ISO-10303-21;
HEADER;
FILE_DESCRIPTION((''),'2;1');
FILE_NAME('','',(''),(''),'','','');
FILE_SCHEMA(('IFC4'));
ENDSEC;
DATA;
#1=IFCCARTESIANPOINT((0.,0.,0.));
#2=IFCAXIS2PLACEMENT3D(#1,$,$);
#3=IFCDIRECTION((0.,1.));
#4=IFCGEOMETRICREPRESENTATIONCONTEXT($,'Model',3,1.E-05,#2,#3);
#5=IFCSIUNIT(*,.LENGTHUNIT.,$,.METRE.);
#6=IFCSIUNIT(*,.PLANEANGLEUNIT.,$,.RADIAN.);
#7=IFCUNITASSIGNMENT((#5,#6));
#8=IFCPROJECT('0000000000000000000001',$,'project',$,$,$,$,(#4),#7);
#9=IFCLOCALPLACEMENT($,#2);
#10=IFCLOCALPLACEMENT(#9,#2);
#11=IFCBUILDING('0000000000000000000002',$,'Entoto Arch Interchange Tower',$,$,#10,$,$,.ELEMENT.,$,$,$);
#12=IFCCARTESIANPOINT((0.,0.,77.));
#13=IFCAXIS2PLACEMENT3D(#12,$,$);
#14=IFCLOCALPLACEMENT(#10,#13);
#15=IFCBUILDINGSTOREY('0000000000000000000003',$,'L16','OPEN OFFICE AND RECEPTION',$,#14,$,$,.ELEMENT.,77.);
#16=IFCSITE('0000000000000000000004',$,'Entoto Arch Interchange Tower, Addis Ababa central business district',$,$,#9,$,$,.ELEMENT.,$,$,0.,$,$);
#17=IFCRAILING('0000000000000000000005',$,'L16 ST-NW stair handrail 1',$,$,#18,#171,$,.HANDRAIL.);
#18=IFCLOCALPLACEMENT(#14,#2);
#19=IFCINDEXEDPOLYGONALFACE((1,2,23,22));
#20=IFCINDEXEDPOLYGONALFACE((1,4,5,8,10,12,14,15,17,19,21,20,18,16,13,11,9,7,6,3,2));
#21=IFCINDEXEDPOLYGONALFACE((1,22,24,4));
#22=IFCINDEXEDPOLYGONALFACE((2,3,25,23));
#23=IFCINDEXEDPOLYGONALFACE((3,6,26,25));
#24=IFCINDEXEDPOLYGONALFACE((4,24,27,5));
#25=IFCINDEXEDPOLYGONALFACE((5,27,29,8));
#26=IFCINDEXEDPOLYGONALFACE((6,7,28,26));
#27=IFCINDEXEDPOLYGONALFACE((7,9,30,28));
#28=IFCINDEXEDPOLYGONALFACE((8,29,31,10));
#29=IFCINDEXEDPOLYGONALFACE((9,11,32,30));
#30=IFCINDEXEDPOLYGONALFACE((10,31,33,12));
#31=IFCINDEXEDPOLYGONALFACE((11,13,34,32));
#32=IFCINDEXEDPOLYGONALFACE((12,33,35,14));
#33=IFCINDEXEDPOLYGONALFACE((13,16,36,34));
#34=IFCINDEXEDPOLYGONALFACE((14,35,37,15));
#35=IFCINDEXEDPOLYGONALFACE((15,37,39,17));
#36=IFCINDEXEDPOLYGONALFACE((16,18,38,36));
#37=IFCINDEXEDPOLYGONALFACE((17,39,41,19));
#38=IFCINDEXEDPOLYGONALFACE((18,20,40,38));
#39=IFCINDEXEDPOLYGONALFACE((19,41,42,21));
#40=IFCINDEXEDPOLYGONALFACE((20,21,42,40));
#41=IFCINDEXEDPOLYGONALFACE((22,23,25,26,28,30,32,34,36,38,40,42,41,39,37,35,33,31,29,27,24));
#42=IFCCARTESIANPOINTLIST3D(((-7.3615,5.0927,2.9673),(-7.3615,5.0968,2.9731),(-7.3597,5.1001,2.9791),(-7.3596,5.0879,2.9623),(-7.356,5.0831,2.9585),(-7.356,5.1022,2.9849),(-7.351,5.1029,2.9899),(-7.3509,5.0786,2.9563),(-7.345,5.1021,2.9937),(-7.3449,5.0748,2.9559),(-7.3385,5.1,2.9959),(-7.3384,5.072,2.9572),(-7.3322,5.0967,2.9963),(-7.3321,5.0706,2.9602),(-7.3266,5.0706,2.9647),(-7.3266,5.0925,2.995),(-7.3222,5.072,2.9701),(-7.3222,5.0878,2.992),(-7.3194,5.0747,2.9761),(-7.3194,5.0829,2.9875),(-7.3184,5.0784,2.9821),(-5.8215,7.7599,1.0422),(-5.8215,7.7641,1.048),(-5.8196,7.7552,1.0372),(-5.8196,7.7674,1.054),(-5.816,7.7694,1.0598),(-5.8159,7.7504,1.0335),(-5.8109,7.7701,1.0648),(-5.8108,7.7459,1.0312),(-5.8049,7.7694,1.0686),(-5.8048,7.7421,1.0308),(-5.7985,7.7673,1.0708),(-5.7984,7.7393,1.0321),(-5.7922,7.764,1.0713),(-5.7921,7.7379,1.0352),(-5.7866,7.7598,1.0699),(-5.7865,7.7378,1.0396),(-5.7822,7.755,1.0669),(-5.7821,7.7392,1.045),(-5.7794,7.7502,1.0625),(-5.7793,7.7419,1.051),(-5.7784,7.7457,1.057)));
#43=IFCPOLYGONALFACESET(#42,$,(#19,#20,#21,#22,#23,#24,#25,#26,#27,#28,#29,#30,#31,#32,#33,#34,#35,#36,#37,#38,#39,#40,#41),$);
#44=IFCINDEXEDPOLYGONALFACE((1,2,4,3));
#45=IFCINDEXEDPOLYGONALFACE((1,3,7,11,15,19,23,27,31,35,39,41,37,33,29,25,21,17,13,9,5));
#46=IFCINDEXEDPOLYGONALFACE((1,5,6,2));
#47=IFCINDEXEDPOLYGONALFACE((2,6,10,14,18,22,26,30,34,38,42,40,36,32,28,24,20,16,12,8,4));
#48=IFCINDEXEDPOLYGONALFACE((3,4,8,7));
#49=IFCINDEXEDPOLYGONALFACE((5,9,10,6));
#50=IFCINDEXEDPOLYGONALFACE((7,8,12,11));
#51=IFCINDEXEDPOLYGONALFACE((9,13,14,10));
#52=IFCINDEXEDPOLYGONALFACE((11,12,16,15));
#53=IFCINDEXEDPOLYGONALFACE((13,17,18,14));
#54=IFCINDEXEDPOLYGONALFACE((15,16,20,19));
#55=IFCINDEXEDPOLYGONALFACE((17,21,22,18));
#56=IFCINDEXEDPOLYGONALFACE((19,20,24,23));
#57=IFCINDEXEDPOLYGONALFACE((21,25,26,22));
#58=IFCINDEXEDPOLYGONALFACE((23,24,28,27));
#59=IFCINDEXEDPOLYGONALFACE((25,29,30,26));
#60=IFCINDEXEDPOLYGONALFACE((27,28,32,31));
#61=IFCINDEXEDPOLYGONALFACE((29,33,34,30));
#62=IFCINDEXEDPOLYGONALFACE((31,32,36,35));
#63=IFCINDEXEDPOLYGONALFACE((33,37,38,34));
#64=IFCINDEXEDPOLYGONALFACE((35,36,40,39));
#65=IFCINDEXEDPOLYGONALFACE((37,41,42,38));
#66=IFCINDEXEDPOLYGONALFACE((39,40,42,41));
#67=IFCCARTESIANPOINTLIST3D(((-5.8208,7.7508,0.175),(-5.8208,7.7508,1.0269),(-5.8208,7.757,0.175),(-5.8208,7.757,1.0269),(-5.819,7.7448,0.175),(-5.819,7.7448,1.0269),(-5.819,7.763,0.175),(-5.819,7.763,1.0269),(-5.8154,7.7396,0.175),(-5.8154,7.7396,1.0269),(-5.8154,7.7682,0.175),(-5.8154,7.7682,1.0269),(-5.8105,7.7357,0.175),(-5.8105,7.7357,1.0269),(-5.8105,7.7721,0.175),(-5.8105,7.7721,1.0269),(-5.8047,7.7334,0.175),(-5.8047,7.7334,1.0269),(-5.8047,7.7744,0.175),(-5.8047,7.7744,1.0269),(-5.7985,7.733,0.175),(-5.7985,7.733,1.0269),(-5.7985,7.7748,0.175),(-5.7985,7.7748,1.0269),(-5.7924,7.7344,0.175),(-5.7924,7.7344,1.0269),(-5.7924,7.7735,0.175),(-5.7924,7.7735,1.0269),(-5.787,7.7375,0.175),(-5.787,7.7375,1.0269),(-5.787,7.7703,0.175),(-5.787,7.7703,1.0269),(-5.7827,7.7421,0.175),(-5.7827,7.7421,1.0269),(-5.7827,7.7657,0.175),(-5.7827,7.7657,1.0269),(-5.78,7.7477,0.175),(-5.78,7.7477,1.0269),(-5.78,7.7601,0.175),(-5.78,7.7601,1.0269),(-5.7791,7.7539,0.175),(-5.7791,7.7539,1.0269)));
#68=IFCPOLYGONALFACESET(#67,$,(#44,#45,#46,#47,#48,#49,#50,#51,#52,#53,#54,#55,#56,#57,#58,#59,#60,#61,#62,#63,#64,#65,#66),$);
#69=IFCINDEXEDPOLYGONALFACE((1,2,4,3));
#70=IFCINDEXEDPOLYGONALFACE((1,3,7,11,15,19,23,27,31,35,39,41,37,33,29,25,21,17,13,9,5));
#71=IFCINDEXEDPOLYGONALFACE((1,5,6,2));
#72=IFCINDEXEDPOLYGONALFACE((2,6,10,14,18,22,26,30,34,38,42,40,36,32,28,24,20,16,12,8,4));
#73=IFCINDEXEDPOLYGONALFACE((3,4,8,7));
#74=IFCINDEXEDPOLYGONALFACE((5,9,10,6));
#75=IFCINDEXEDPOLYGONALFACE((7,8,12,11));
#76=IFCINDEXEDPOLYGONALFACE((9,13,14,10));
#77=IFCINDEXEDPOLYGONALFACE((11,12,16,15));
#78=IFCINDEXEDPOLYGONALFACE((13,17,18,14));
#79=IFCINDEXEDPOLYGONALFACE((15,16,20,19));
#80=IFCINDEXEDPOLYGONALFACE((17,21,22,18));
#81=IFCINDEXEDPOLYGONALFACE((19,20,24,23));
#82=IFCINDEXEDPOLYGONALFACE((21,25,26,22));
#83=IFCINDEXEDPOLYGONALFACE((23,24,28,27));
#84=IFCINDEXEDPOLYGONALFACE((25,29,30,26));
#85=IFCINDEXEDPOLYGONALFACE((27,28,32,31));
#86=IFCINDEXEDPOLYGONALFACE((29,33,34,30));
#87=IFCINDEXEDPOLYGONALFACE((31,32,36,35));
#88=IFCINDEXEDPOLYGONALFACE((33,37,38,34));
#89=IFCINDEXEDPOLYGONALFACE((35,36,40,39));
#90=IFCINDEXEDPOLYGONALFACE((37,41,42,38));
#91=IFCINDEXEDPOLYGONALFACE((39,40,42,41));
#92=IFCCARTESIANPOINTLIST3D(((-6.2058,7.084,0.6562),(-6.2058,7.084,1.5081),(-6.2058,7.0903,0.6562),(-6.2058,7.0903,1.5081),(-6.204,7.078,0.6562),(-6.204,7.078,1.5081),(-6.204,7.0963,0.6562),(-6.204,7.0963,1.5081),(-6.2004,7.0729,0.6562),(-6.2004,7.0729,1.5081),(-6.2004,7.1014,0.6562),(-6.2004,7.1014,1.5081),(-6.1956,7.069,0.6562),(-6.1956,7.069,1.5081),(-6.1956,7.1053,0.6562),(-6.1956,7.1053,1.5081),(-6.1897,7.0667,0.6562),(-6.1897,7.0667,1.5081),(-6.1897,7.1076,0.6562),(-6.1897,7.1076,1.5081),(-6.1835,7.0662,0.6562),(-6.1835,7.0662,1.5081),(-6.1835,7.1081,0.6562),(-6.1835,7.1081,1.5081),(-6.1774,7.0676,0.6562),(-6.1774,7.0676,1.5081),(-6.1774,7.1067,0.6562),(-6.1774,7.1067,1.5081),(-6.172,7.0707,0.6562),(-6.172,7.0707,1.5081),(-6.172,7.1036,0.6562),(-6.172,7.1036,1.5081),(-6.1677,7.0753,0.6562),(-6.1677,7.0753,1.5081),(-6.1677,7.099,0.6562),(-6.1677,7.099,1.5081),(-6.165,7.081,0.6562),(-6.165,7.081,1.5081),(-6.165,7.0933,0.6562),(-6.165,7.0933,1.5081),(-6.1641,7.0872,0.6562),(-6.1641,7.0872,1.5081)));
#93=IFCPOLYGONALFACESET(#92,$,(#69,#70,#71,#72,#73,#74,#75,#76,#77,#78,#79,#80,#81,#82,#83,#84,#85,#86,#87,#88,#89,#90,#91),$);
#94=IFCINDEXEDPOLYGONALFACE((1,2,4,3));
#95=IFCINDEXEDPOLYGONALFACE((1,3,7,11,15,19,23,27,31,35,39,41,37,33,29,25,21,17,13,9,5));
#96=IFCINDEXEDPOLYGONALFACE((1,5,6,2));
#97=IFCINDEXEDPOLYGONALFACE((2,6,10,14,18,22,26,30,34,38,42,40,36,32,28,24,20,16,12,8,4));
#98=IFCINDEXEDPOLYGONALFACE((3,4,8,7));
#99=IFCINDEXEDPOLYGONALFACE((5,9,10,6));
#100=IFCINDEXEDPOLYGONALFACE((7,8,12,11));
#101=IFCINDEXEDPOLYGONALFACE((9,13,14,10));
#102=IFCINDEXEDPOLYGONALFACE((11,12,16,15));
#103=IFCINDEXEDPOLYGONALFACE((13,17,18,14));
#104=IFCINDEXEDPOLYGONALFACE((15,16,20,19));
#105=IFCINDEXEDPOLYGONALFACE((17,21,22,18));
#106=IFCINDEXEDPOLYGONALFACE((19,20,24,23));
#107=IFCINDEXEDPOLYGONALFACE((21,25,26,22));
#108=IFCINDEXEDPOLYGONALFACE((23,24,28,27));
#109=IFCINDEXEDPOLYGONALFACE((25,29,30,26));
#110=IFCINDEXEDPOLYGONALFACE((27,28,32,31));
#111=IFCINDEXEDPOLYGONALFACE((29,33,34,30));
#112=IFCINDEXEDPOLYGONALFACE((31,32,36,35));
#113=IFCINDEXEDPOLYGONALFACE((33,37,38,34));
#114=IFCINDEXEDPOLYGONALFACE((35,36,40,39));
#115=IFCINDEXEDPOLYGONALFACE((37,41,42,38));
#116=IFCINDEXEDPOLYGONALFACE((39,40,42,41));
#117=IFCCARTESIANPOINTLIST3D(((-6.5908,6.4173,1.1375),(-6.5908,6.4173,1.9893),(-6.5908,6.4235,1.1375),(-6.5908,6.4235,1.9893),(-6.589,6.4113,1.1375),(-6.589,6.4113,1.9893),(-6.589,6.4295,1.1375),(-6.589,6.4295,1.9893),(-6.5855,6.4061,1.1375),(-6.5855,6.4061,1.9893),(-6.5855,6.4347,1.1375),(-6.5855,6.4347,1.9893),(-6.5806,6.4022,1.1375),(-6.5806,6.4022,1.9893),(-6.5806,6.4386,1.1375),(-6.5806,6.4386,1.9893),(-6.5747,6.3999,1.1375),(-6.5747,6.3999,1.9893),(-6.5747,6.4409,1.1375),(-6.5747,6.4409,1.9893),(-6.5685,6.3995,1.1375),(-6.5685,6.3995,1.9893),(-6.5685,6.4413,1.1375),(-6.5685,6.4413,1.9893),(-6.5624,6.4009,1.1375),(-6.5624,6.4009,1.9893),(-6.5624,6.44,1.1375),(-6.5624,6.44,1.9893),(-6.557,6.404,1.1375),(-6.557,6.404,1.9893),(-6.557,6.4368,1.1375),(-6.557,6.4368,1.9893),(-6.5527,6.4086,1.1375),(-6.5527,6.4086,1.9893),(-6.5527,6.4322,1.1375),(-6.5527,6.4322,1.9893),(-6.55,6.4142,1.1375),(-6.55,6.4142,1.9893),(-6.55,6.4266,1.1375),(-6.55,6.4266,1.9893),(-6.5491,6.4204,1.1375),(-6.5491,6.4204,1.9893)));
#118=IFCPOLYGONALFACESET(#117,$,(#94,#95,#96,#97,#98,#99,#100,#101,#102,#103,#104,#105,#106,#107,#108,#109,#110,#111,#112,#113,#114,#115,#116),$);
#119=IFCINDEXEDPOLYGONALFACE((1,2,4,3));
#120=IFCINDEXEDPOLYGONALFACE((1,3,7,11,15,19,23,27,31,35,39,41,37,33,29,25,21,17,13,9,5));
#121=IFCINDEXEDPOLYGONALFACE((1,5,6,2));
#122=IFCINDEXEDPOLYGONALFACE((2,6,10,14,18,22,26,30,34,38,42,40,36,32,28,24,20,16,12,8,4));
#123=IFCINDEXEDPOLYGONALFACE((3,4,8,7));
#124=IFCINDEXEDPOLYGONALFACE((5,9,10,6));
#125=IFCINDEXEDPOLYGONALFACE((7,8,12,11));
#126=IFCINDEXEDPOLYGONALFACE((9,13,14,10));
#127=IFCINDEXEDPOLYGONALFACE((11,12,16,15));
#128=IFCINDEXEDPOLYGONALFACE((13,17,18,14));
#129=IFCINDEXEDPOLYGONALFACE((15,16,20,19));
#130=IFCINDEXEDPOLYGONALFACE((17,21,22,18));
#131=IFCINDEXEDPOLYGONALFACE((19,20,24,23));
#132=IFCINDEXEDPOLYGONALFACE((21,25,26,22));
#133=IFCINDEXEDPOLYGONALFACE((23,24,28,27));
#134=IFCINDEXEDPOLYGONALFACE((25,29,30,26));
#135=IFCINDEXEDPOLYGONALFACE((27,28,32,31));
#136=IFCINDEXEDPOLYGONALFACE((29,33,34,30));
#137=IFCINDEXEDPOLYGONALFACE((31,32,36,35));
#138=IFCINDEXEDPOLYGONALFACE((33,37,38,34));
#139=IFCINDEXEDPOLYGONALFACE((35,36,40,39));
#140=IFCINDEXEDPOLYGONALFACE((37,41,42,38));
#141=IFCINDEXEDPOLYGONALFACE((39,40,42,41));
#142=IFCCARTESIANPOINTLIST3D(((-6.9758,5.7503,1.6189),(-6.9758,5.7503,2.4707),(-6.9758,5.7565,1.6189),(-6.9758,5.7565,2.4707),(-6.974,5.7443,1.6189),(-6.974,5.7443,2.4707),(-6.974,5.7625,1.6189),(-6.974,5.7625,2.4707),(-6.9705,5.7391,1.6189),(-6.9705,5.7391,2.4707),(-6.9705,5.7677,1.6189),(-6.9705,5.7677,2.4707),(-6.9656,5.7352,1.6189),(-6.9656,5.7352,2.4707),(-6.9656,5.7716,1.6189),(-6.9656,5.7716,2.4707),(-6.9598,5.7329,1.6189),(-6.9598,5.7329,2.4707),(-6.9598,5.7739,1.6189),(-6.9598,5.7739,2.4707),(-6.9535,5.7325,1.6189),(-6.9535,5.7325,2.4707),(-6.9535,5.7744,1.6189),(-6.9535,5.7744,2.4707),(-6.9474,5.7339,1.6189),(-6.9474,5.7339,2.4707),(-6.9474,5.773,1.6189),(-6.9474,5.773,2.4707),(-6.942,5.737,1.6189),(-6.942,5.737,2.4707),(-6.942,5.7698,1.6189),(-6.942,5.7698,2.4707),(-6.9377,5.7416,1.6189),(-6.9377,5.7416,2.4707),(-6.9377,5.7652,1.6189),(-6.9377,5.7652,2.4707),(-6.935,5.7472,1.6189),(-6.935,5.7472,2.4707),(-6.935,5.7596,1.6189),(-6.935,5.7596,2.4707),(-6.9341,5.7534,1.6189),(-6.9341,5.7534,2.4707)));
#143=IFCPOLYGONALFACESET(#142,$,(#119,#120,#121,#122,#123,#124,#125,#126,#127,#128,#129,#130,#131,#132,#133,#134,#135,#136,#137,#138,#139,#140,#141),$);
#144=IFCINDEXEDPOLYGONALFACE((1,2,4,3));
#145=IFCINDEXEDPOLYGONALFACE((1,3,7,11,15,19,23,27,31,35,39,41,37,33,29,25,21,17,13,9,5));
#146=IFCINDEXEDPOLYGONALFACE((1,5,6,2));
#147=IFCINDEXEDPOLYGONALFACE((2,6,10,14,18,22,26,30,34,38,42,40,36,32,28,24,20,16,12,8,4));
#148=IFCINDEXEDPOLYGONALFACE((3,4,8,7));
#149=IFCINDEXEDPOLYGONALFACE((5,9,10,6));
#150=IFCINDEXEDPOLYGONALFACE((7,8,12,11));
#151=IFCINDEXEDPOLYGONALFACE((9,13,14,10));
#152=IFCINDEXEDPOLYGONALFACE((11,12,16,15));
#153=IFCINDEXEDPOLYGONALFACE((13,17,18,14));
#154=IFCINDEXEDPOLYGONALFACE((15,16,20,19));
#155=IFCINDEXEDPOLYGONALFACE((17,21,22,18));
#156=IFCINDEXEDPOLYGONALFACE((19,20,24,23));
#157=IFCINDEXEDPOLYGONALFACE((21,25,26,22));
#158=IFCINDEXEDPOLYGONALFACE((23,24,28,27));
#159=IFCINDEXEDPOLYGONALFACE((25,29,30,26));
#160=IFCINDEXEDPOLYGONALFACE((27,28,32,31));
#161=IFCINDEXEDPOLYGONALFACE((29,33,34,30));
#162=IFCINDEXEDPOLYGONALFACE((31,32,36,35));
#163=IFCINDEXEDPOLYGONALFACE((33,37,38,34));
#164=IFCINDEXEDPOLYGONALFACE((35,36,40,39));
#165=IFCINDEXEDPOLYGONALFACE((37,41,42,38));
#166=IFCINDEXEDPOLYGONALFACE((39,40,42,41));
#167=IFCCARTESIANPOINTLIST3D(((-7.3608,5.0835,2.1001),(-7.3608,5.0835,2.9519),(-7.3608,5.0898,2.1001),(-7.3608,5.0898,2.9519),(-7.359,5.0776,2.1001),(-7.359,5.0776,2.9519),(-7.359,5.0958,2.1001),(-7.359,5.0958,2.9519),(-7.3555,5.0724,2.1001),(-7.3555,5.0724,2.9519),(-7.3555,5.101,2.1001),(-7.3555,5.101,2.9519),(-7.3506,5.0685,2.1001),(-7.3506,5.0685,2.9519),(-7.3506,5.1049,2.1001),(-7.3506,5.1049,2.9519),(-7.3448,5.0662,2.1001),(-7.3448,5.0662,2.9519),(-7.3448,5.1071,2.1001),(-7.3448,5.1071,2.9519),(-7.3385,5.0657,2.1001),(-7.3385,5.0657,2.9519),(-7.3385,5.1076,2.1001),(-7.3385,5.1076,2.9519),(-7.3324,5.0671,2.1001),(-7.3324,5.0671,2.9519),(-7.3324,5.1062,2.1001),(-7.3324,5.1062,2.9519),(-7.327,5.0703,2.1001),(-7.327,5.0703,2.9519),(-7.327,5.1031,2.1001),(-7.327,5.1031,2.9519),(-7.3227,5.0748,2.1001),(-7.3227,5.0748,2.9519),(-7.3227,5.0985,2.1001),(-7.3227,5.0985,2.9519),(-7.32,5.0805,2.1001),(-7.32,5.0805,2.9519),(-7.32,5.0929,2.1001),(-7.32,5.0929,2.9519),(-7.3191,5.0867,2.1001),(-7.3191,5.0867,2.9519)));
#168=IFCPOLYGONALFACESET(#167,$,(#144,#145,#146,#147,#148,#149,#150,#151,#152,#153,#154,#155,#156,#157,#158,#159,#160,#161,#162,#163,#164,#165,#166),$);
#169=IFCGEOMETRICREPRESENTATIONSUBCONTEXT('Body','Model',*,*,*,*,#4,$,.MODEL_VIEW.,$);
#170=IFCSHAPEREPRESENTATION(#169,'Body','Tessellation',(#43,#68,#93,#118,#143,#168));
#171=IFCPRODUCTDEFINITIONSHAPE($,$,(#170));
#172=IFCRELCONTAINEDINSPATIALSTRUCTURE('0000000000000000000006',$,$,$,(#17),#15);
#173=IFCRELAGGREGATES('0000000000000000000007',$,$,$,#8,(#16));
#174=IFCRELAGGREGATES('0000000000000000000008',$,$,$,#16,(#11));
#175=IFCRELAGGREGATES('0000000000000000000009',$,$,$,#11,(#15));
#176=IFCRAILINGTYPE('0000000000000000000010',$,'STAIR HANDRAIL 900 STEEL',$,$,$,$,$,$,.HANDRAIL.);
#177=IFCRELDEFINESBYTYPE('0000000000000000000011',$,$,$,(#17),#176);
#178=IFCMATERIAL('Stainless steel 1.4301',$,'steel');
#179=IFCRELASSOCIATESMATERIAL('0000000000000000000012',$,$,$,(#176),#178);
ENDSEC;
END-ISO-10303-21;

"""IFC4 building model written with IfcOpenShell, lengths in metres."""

from ifc_helpers import new_model, si_unit, direction, frame, origin, origin_2d, place, context, subcontext, project, spatial, circle, extrude, material, type_object, element, save


model = new_model("IFC4")

# Units and contexts
model_context = context("Model", 3, precision=1e-05, world=origin(), true_north=direction((0.0, 1.0)))
body_context = subcontext(model_context, "Body", "Model", "MODEL_VIEW")
ifc_project = project(units=[si_unit("LENGTHUNIT", "METRE"), si_unit("PLANEANGLEUNIT", "RADIAN")], contexts=[model_context])

# Site, building, storey
site_placement = place(None, origin())
site = spatial("IfcSite", under=ifc_project, at=site_placement, Name="Entoto Arch Interchange Tower, Addis Ababa central business district", CompositionType="ELEMENT", RefElevation=0.0)
building_placement = place(site_placement, origin())
building = spatial("IfcBuilding", under=site, at=building_placement, Name="Entoto Arch Interchange Tower", CompositionType="ELEMENT")
storey_placement = place(building_placement, frame((0.0, 0.0, 77.0)))
storey = spatial("IfcBuildingStorey", under=building, at=storey_placement, Name="L16", Description="OPEN OFFICE AND RECEPTION", CompositionType="ELEMENT", Elevation=77.0)

# Railing
ifc_material_1 = material(Name="Stainless steel 1.4301", Category="steel")
railing_type_1 = type_object("IfcRailingType", Name="STAIR HANDRAIL 900 STEEL", PredefinedType="HANDRAIL", material=ifc_material_1)
railing_1_placement = place(storey_placement, frame((-5.8, 7.7539, 0.175)))
element("IfcRailing", 1, at=railing_1_placement, inside=storey, type_object=railing_type_1, Name="L16 ST-NW stair handrail 1", PredefinedType="HANDRAIL", context=body_context, shape_type="SweptSolid", body=[
    extrude(circle(Radius=0.0239, at=origin_2d()), frame((0.0, 0.0, 0.876), z_axis=(-0.424015, -0.734364, 0.530019), x_axis=(0.86601, -0.500027, 0.0)), (0.0, 0.0, 1.0), 3.6321),
    extrude(circle(Radius=0.021, at=origin_2d()), origin(), (0.0, 0.0, 1.0), 0.8518),
    extrude(circle(Radius=0.021, at=origin_2d()), frame((-0.385, -0.6667, 0.4812)), (0.0, 0.0, 1.0), 0.8518),
    extrude(circle(Radius=0.021, at=origin_2d()), frame((-0.77, -1.3335, 0.9624)), (0.0, 0.0, 1.0), 0.8518),
    extrude(circle(Radius=0.021, at=origin_2d()), frame((-1.155, -2.0005, 1.4438)), (0.0, 0.0, 1.0), 0.8518),
    extrude(circle(Radius=0.021, at=origin_2d()), frame((-1.54, -2.6672, 1.925)), (0.0, 0.0, 1.0), 0.8518),
])

save(model, "model.ifc")
